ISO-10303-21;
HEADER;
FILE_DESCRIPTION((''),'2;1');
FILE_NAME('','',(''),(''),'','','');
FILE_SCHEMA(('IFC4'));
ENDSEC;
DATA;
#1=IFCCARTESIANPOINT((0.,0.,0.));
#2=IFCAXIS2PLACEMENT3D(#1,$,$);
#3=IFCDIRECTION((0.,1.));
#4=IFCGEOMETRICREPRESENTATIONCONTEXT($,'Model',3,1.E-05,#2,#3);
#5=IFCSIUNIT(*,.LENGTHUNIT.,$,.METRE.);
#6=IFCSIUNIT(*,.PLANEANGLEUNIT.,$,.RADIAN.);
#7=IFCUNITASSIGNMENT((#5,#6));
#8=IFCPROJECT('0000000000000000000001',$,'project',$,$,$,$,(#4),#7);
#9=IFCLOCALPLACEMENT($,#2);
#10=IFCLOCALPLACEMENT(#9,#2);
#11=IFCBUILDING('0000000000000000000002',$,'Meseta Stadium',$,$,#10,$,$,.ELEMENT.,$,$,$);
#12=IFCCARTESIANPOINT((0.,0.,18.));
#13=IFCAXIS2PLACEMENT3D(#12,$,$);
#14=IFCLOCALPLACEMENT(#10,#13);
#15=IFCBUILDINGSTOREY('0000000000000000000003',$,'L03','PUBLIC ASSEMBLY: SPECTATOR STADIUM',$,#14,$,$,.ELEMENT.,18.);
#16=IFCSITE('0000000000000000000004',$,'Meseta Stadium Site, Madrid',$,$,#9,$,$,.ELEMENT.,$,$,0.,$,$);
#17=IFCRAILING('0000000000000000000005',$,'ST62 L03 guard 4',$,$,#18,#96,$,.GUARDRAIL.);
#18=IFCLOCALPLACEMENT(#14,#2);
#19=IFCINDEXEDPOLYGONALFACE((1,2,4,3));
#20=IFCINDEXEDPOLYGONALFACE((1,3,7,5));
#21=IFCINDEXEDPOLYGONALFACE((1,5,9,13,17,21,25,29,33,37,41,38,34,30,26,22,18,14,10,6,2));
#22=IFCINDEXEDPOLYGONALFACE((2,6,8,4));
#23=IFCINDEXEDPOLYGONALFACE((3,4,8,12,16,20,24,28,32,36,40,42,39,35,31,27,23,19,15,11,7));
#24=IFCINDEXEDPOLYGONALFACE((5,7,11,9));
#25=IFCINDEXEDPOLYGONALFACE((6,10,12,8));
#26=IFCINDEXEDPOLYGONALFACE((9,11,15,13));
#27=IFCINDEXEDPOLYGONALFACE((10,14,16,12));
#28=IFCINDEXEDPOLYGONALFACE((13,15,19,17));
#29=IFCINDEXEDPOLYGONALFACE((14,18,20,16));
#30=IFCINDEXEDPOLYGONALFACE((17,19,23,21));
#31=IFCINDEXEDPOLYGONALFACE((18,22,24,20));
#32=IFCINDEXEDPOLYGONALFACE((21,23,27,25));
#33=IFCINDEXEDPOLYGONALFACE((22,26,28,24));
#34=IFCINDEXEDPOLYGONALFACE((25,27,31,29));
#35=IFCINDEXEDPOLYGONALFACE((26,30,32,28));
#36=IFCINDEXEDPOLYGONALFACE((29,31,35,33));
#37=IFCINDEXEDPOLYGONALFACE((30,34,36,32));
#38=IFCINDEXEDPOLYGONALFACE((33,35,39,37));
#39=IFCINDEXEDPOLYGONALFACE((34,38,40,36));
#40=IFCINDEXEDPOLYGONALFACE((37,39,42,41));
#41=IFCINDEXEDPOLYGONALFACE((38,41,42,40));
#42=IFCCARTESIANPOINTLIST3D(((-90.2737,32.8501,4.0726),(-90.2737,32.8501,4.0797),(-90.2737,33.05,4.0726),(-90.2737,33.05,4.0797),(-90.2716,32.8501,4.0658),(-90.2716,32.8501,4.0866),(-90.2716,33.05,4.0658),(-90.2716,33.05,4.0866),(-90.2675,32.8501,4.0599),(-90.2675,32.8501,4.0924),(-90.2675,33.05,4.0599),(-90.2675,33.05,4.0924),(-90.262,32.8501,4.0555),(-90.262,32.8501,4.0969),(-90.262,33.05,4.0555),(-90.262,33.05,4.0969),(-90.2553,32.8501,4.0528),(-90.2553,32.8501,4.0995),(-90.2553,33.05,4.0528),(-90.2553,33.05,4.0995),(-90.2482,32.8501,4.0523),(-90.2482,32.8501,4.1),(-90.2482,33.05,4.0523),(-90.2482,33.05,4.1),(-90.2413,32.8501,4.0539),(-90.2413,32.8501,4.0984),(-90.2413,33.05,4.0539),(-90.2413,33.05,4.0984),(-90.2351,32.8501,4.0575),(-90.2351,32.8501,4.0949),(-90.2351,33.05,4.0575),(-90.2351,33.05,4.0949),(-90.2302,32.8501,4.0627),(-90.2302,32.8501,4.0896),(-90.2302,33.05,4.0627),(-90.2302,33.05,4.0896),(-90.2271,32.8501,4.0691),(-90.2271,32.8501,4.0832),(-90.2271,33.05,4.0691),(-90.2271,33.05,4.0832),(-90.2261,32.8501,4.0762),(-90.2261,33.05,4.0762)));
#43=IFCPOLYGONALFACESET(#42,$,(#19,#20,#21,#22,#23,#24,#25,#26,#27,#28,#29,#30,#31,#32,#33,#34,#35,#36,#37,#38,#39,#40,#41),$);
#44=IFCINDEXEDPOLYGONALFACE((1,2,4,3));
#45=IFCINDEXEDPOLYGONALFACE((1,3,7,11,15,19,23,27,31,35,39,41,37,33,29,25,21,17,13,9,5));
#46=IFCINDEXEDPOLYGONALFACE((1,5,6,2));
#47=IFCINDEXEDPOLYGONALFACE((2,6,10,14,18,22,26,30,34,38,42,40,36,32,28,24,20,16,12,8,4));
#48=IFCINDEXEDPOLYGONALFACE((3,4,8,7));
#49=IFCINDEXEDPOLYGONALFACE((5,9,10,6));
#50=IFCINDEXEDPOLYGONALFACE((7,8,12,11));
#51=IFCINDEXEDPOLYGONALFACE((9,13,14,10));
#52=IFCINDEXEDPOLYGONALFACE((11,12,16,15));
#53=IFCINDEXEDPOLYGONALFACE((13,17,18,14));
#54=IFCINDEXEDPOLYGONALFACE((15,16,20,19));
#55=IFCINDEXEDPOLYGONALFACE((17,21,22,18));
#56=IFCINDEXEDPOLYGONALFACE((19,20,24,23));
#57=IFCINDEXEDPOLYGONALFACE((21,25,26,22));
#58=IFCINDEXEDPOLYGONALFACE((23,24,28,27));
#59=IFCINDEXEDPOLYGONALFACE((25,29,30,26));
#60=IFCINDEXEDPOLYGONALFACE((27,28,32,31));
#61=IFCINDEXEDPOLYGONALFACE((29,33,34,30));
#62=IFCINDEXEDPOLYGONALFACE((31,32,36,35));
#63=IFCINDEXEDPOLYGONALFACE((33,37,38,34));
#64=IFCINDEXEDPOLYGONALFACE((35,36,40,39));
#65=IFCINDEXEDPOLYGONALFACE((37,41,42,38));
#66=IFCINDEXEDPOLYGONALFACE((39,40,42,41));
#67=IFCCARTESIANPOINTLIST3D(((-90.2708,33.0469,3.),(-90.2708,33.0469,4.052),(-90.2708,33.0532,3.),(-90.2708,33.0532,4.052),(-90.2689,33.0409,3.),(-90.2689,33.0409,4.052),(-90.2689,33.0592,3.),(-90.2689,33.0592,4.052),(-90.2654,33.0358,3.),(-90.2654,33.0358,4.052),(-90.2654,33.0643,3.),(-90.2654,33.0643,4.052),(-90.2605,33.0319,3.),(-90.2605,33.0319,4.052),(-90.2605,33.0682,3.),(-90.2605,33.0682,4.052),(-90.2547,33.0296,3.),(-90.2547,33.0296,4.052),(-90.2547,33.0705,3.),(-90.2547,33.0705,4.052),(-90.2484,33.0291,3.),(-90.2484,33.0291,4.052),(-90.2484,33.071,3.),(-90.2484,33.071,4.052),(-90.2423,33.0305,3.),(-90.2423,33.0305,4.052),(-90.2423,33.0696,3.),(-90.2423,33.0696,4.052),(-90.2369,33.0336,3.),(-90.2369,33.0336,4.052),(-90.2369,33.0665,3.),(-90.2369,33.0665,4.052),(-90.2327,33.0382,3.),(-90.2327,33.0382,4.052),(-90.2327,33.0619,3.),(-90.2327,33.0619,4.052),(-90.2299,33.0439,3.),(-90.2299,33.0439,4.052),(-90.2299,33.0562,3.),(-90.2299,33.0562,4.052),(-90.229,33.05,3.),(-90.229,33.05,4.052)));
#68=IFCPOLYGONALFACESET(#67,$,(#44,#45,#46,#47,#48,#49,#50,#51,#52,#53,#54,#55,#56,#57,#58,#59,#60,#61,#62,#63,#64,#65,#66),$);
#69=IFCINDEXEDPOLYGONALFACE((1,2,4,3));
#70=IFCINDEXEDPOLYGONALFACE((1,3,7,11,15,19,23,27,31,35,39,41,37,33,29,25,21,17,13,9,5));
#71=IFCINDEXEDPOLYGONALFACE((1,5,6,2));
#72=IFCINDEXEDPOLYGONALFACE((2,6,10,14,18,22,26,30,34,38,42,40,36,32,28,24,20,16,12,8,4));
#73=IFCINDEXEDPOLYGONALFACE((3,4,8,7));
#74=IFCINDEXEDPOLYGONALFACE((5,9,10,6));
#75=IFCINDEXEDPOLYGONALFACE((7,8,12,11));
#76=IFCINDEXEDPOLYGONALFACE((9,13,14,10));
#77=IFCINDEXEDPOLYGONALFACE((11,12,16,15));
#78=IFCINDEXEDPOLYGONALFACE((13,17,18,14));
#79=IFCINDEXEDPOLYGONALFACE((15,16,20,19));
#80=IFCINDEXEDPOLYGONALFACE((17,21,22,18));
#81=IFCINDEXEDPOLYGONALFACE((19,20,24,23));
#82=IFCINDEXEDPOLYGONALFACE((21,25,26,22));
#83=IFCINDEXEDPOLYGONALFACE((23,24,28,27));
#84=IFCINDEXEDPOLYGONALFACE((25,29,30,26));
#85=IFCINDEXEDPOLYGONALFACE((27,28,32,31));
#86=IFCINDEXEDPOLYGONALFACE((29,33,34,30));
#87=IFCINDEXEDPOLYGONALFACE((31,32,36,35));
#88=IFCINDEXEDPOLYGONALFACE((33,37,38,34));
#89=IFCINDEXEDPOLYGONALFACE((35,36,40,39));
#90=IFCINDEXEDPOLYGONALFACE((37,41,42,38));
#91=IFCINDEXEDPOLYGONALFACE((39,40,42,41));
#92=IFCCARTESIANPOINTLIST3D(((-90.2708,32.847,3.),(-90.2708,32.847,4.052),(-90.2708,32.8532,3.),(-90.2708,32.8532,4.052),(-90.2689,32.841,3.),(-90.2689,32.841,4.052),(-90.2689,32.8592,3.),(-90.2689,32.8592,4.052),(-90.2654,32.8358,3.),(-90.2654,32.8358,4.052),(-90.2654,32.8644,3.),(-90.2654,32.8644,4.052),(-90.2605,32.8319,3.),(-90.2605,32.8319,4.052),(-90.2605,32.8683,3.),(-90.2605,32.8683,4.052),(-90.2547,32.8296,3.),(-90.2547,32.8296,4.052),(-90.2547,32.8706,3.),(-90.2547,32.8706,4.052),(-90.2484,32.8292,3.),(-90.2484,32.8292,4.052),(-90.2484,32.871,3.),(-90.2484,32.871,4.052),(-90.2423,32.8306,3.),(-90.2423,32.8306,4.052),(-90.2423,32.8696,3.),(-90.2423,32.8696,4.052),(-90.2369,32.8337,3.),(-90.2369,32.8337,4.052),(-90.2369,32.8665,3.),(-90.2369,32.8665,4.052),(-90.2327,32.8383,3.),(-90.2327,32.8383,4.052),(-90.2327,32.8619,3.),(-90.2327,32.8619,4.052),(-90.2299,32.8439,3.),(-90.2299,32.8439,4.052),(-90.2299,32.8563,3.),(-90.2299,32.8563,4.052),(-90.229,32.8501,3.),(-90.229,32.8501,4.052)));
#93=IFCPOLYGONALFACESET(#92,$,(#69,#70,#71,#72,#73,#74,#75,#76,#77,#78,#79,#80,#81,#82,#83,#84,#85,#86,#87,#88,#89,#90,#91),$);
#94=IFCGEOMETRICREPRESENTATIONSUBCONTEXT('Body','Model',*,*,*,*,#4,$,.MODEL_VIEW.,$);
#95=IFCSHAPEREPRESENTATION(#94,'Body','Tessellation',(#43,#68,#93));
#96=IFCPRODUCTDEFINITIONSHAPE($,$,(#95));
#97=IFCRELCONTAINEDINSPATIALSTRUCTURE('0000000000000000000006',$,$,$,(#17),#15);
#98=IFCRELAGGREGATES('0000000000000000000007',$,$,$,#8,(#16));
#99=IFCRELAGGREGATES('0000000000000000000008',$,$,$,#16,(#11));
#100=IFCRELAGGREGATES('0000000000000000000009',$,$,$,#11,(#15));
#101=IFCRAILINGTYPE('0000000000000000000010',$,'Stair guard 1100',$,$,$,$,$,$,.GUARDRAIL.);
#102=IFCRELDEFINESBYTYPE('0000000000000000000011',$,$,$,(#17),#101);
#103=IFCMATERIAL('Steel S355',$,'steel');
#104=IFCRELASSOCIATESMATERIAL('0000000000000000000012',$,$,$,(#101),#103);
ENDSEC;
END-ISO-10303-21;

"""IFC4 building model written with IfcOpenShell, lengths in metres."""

from ifc_helpers import new_model, si_unit, direction, frame, origin, origin_2d, place, context, subcontext, project, spatial, circle, extrude, material, type_object, element, save


model = new_model("IFC4")

# Units and contexts
model_context = context("Model", 3, precision=1e-05, world=origin(), true_north=direction((0.0, 1.0)))
body_context = subcontext(model_context, "Body", "Model", "MODEL_VIEW")
ifc_project = project(units=[si_unit("LENGTHUNIT", "METRE"), si_unit("PLANEANGLEUNIT", "RADIAN")], contexts=[model_context])

# Site, building, storey
site_placement = place(None, origin())
site = spatial("IfcSite", under=ifc_project, at=site_placement, Name="Meseta Stadium Site, Madrid", CompositionType="ELEMENT", RefElevation=0.0)
building_placement = place(site_placement, origin())
building = spatial("IfcBuilding", under=site, at=building_placement, Name="Meseta Stadium", CompositionType="ELEMENT")
storey_placement = place(building_placement, frame((0.0, 0.0, 18.0)))
storey = spatial("IfcBuildingStorey", under=building, at=storey_placement, Name="L03", Description="PUBLIC ASSEMBLY: SPECTATOR STADIUM", CompositionType="ELEMENT", Elevation=18.0)

# Railing
ifc_material_1 = material(Name="Steel S355", Category="steel")
railing_type_1 = type_object("IfcRailingType", Name="Stair guard 1100", PredefinedType="GUARDRAIL", material=ifc_material_1)
railing_1_placement = place(storey_placement, frame((-90.25, 33.05, 3.0)))
element("IfcRailing", 1, at=railing_1_placement, inside=storey, type_object=railing_type_1, Name="ST62 L03 guard 4", PredefinedType="GUARDRAIL", context=body_context, shape_type="SweptSolid", body=[
    extrude(circle(Radius=0.0239, at=origin_2d()), frame((0.0, 0.0, 1.0762), z_axis=(0.0, -1.0, 0.0), x_axis=(1.0, 0.0, 0.0)), (0.0, 0.0, 1.0), 0.2),
    extrude(circle(Radius=0.021, at=origin_2d()), origin(), (0.0, 0.0, 1.0), 1.052),
    extrude(circle(Radius=0.021, at=origin_2d()), frame((0.0, -0.2, 0.0)), (0.0, 0.0, 1.0), 1.052),
])

save(model, "model.ifc")
